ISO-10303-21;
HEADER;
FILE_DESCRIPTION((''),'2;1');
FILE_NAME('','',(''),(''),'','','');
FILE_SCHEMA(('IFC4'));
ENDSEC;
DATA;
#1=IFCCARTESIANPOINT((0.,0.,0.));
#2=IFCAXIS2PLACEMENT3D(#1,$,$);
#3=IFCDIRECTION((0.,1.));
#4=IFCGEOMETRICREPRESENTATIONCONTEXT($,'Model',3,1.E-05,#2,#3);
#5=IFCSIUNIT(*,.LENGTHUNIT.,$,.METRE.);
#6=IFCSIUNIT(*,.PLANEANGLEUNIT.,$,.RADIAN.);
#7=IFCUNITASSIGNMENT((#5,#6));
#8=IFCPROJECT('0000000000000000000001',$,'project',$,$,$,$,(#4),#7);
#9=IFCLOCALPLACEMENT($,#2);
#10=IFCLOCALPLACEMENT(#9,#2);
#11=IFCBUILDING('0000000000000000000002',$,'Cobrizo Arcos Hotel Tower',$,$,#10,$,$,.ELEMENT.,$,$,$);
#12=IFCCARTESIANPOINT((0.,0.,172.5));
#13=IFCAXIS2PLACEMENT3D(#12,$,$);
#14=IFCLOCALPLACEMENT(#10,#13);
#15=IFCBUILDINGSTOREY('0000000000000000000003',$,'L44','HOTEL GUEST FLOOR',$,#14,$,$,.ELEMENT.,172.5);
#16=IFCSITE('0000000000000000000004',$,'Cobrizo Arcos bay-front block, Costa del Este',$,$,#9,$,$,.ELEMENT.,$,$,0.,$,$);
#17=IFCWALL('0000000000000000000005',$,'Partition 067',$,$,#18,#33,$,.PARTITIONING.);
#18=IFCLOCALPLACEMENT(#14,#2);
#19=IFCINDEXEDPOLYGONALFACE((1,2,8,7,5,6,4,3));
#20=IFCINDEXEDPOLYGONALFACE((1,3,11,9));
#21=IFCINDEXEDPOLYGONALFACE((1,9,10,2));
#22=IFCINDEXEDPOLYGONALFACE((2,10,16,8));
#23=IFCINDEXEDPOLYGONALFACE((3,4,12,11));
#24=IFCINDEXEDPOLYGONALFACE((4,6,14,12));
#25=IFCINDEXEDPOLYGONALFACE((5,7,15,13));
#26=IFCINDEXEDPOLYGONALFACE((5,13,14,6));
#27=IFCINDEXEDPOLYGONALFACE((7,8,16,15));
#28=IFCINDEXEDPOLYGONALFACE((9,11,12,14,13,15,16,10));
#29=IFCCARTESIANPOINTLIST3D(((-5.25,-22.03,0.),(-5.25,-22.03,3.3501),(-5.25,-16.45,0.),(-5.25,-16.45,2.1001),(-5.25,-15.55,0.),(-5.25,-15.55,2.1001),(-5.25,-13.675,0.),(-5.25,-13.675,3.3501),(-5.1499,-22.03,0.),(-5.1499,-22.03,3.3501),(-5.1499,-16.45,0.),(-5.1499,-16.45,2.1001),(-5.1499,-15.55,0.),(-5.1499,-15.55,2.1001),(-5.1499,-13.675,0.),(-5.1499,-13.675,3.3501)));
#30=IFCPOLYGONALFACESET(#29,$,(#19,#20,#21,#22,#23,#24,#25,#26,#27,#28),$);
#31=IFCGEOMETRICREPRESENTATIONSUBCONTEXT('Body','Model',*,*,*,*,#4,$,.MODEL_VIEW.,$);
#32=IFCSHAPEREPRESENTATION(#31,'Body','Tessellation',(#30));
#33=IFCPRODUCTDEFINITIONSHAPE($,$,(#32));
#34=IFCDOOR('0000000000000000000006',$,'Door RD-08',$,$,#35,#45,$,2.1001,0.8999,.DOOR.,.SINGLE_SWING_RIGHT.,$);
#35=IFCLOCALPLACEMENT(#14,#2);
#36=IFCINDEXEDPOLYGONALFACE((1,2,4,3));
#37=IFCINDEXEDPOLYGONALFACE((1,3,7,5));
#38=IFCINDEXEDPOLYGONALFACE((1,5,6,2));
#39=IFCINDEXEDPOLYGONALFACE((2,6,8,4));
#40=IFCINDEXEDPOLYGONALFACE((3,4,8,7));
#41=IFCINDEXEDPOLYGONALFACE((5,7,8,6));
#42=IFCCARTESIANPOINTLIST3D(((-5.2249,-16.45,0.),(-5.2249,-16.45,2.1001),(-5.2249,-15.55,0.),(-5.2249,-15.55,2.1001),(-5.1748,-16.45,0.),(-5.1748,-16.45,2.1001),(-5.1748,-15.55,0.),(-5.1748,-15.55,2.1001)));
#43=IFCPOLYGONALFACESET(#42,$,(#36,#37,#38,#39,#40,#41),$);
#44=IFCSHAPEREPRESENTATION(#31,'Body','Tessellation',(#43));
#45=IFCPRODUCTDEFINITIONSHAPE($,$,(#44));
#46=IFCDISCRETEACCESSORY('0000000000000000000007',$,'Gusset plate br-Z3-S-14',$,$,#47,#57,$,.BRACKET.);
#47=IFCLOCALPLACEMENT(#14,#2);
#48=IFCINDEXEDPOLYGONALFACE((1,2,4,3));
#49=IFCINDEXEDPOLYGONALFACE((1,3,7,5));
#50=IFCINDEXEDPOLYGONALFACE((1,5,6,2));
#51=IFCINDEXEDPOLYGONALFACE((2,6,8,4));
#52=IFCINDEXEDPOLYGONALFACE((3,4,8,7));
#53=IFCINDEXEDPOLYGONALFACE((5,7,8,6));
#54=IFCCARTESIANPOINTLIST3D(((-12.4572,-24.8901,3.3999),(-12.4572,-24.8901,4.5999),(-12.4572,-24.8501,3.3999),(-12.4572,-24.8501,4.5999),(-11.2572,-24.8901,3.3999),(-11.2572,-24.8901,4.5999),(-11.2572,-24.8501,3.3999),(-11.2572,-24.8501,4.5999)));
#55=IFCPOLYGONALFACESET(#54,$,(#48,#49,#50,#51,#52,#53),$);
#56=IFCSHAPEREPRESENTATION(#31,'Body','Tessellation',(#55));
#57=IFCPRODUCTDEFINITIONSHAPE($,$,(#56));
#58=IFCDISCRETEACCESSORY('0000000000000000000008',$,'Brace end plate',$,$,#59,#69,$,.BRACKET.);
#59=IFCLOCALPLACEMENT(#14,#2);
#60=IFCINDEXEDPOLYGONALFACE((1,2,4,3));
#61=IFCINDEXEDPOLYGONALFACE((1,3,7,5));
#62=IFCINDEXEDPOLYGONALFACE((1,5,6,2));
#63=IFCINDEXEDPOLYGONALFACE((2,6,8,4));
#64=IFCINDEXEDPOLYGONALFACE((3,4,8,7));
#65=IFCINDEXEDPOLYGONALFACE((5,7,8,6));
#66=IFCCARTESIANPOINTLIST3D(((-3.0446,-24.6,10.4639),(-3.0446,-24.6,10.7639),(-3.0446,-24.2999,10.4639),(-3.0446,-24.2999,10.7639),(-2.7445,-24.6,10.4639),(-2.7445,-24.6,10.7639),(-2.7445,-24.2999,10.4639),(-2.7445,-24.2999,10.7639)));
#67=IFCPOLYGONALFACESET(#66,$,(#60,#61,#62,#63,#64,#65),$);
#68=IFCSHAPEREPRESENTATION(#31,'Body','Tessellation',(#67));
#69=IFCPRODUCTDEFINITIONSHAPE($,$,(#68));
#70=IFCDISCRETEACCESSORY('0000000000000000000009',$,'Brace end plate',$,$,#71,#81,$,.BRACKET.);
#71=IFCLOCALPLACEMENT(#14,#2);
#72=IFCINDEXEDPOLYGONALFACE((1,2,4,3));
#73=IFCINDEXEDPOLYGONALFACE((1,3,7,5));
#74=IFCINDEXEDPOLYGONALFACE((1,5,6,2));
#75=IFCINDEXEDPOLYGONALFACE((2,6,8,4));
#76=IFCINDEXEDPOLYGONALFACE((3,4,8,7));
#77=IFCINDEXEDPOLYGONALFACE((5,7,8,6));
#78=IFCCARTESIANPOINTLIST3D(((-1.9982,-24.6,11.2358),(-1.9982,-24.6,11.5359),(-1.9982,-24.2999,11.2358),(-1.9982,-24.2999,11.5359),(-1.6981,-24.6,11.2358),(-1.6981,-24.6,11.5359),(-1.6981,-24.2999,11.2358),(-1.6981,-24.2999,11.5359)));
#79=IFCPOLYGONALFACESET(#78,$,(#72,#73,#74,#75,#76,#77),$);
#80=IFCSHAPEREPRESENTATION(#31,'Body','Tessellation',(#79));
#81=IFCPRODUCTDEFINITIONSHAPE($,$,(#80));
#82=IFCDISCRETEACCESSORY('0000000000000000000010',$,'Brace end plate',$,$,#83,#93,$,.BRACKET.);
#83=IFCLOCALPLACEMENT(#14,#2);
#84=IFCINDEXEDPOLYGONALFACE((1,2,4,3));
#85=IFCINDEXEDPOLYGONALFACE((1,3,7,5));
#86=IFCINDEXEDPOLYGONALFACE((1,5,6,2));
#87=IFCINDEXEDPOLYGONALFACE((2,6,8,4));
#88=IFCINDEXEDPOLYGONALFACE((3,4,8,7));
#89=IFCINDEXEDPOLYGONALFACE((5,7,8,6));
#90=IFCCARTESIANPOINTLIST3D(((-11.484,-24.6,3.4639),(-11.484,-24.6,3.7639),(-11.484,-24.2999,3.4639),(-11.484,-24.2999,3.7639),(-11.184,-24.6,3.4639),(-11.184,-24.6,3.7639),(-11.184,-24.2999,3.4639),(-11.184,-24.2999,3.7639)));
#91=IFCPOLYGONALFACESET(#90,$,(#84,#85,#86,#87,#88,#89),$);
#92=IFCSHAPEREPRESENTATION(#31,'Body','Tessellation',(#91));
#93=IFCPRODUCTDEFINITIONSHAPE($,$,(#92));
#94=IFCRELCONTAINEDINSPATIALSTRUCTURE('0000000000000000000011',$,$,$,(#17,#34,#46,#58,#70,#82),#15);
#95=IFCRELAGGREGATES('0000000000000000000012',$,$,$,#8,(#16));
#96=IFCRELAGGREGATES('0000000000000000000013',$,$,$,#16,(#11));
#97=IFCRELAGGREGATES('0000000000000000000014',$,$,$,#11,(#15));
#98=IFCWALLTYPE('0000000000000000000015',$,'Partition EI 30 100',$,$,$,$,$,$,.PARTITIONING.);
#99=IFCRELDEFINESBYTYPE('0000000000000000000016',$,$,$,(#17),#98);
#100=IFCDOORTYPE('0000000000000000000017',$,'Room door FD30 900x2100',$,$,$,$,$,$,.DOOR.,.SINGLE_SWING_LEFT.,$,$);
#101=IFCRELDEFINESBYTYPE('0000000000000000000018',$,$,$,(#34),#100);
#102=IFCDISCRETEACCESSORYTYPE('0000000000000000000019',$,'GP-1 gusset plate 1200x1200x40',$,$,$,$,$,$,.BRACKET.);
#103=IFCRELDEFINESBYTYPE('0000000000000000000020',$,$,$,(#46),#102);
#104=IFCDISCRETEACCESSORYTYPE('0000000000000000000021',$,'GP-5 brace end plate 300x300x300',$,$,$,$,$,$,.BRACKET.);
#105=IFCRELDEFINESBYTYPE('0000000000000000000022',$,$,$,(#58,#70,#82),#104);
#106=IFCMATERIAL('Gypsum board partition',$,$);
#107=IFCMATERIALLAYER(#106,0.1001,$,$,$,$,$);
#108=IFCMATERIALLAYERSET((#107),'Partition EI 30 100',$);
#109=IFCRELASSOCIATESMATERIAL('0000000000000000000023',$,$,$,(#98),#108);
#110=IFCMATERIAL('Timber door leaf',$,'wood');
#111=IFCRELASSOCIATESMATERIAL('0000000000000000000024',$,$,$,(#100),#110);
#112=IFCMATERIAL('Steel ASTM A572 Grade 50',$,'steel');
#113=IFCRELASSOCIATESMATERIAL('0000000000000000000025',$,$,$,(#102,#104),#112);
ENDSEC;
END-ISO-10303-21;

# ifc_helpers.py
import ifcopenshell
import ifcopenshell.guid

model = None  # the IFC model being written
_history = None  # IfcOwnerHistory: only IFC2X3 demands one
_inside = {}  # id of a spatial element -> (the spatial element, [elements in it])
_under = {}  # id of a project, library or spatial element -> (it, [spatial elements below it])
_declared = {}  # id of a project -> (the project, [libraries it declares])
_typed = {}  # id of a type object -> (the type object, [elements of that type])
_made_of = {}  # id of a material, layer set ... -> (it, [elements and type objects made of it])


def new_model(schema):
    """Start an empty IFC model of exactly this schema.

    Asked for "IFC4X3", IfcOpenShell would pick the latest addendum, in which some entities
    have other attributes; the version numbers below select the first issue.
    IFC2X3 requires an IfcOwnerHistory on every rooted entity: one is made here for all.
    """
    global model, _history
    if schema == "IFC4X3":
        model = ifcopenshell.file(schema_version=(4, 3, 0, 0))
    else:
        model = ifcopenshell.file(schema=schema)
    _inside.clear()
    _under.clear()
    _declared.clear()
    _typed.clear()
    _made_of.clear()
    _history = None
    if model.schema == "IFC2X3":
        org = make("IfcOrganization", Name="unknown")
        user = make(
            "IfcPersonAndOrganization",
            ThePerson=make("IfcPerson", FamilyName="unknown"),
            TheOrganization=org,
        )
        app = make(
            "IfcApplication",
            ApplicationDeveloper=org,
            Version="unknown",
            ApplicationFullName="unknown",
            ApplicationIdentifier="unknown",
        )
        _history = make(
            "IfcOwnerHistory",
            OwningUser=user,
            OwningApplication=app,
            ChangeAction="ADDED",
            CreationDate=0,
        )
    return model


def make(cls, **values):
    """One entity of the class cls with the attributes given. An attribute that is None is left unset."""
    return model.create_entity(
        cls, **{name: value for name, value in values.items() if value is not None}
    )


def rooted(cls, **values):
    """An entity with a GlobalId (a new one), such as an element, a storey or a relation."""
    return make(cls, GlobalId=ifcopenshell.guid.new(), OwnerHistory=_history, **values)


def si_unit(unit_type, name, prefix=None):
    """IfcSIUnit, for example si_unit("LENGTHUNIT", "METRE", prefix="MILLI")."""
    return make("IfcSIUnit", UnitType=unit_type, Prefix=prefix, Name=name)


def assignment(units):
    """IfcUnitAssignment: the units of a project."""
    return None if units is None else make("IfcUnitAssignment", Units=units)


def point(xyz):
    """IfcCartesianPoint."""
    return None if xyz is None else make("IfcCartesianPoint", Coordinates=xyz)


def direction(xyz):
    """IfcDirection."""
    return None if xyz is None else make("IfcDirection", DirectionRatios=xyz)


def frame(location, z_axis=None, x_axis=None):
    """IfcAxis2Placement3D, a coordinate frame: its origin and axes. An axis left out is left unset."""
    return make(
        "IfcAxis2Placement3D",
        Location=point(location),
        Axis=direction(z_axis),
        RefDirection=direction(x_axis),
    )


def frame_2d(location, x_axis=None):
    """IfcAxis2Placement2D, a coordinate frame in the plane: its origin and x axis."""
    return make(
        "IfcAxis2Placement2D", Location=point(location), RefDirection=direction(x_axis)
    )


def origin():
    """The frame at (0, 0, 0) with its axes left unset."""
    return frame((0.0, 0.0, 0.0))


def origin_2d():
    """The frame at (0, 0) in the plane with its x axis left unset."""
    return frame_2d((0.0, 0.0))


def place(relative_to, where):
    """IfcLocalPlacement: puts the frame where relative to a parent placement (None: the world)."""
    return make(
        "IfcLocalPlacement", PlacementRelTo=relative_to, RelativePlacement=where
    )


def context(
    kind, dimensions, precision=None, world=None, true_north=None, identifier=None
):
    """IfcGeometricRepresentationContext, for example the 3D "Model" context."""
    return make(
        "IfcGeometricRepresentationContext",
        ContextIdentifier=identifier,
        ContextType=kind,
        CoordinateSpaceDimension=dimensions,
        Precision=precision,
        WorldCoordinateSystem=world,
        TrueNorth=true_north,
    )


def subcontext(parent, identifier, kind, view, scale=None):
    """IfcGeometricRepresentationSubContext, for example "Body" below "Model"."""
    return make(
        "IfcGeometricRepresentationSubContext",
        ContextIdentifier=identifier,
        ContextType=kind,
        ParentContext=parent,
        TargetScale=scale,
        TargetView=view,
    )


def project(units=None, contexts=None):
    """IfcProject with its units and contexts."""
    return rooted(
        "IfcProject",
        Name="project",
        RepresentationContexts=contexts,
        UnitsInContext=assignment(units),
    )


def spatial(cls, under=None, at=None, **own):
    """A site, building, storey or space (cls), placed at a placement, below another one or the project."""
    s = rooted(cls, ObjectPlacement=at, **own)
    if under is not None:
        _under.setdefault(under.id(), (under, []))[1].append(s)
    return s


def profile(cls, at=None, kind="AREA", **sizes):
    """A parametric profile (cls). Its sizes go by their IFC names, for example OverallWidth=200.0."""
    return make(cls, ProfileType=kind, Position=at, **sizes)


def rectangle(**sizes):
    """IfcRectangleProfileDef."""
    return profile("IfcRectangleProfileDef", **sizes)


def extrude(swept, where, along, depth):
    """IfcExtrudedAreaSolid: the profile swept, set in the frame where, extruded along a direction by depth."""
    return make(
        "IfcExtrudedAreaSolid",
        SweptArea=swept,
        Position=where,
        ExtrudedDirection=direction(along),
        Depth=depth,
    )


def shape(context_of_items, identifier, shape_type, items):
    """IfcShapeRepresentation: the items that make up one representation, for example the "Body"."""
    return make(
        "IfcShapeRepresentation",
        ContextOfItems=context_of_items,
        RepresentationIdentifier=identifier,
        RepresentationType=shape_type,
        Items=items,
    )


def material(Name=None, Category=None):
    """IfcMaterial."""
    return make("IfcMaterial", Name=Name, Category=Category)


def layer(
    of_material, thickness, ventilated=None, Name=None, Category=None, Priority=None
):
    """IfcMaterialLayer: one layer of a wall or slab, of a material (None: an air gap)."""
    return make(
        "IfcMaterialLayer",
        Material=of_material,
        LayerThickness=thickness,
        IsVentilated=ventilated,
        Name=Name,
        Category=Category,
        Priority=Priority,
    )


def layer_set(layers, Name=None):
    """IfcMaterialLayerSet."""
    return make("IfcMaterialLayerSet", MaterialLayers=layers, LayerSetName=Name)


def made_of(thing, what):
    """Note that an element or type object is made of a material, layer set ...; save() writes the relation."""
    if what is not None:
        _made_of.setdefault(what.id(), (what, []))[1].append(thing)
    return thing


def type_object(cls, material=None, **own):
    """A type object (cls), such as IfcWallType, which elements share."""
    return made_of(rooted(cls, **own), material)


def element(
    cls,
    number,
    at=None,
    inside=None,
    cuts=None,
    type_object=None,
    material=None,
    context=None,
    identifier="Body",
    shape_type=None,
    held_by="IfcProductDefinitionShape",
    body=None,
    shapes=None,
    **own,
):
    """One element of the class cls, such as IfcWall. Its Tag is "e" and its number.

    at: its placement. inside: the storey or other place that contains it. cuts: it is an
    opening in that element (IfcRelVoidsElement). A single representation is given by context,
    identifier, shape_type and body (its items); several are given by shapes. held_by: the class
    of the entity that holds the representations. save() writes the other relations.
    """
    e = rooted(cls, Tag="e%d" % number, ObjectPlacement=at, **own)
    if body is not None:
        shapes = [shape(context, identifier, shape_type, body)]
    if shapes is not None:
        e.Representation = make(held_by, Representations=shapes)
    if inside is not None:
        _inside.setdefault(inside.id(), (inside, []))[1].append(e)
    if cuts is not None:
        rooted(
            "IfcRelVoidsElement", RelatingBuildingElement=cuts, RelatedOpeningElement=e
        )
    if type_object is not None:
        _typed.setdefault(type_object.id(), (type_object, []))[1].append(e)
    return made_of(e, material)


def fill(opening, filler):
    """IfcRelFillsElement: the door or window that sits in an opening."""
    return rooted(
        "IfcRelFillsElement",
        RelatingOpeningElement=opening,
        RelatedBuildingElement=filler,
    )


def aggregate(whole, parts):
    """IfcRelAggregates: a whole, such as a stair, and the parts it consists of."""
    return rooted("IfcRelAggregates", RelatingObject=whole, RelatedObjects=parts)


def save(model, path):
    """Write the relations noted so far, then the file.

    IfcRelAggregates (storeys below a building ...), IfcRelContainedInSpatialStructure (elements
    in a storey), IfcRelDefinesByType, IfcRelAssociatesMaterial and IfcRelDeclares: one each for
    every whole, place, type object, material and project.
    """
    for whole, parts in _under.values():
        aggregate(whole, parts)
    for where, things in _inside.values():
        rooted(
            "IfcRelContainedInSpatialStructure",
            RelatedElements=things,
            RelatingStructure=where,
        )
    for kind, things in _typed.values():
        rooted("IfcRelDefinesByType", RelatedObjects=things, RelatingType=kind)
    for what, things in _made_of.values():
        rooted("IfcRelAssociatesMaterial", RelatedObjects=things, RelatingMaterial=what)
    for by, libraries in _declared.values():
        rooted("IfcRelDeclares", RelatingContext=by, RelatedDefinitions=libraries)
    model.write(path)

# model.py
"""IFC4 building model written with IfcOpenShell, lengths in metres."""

from ifc_helpers import new_model, si_unit, direction, frame, frame_2d, origin, origin_2d, place, context, subcontext, project, spatial, rectangle, extrude, material, layer, layer_set, type_object, element, fill, save


model = new_model("IFC4")

# Units and contexts
model_context = context("Model", 3, precision=1e-05, world=origin(), true_north=direction((0.0, 1.0)))
body_context = subcontext(model_context, "Body", "Model", "MODEL_VIEW")
ifc_project = project(units=[si_unit("LENGTHUNIT", "METRE"), si_unit("PLANEANGLEUNIT", "RADIAN")], contexts=[model_context])

# Site, building, storey
site_placement = place(None, origin())
site = spatial("IfcSite", under=ifc_project, at=site_placement, Name="Cobrizo Arcos bay-front block, Costa del Este", CompositionType="ELEMENT", RefElevation=0.0)
building_placement = place(site_placement, origin())
building = spatial("IfcBuilding", under=site, at=building_placement, Name="Cobrizo Arcos Hotel Tower", CompositionType="ELEMENT")
storey_placement = place(building_placement, frame((0.0, 0.0, 172.5)))
storey = spatial("IfcBuildingStorey", under=building, at=storey_placement, Name="L44", Description="HOTEL GUEST FLOOR", CompositionType="ELEMENT", Elevation=172.5)

# Shared definitions
ifc_material_1 = material(Name="Steel ASTM A572 Grade 50", Category="steel")

# Shared definitions
ifc_material_2 = material(Name="Gypsum board partition")
ifc_layer_1 = layer(ifc_material_2, 0.1001)
ifc_layer_set_1 = layer_set([ifc_layer_1], Name="Partition EI 30 100")
wall_type = type_object("IfcWallType", Name="Partition EI 30 100", PredefinedType="PARTITIONING", material=ifc_layer_set_1)

# Wall, opening, door
wall_1_placement = place(storey_placement, frame((-5.2, -22.03, 0.0), z_axis=(0.0, 0.0, 1.0), x_axis=(0.0, 1.0, 0.0)))
wall_1 = element("IfcWall", 1, at=wall_1_placement, inside=storey, type_object=wall_type, Name="Partition 067", PredefinedType="PARTITIONING", context=body_context, shape_type="SweptSolid", body=[
    extrude(rectangle(XDim=8.355, YDim=0.1001, at=frame_2d((4.1775, 0.0))), origin(), (0.0, 0.0, 1.0), 3.3501),
])
opening_placement = place(wall_1_placement, frame((5.5801, 0.0, 0.0)))
opening = element("IfcOpeningElement", 2, at=opening_placement, cuts=wall_1, PredefinedType="OPENING", context=body_context, shape_type="SweptSolid", body=[
    extrude(rectangle(XDim=0.8999, YDim=2.1001, at=frame_2d((0.45, 1.05))), frame((0.0, 0.062, 0.0), z_axis=(0.0, -1.0, 0.0), x_axis=(1.0, 0.0, 0.0)), (0.0, 0.0, 1.0), 0.124),
])
ifc_material_3 = material(Name="Timber door leaf", Category="wood")
door_type = type_object("IfcDoorType", Name="Room door FD30 900x2100", OperationType="SINGLE_SWING_LEFT", PredefinedType="DOOR", material=ifc_material_3)
door_placement = place(opening_placement, origin())
door = element("IfcDoor", 3, at=door_placement, inside=storey, type_object=door_type, Name="Door RD-08", OperationType="SINGLE_SWING_RIGHT", OverallHeight=2.1001, OverallWidth=0.8999, PredefinedType="DOOR", context=body_context, shape_type="SweptSolid", body=[
    extrude(rectangle(XDim=0.8999, YDim=2.1001, at=frame_2d((0.45, 1.05))), frame((0.0, 0.0249, 0.0), z_axis=(0.0, -1.0, 0.0), x_axis=(1.0, 0.0, 0.0)), (0.0, 0.0, 1.0), 0.05),
])
fill(opening, door)

# Discrete accessories
discrete_accessory_type_1 = type_object("IfcDiscreteAccessoryType", Name="GP-1 gusset plate 1200x1200x40", PredefinedType="BRACKET", material=ifc_material_1)
discrete_accessory_placement = place(storey_placement, frame((-11.8572, -24.8701, 3.3999), z_axis=(0.0, 0.0, 1.0), x_axis=(1.0, 0.0, 0.0)))
element("IfcDiscreteAccessory", 4, at=discrete_accessory_placement, inside=storey, type_object=discrete_accessory_type_1, Name="Gusset plate br-Z3-S-14", PredefinedType="BRACKET", context=body_context, shape_type="SweptSolid", body=[
    extrude(rectangle(XDim=1.2, YDim=0.04, at=origin_2d()), origin(), (0.0, 0.0, 1.0), 1.2),
])
discrete_accessory_type_2 = type_object("IfcDiscreteAccessoryType", Name="GP-5 brace end plate 300x300x300", PredefinedType="BRACKET", material=ifc_material_1)
for number, where, z_axis, x_axis, name in (
    (5, (-2.8945, -24.45, 10.4639), (0.0, 0.0, 1.0), (1.0, 0.0, 0.0), "Brace end plate"),
    (6, (-1.8481, -24.45, 11.2358), (0.0, 0.0, 1.0), (1.0, 0.0, 0.0), "Brace end plate"),
    (7, (-11.334, -24.45, 3.4639), (0.0, 0.0, 1.0), (1.0, 0.0, 0.0), "Brace end plate"),
):
    element("IfcDiscreteAccessory", number, at=place(storey_placement, frame(where, z_axis=z_axis, x_axis=x_axis)), inside=storey, type_object=discrete_accessory_type_2, Name=name, PredefinedType="BRACKET", context=body_context, shape_type="SweptSolid", body=[
        extrude(rectangle(XDim=0.3, YDim=0.3, at=origin_2d()), origin(), (0.0, 0.0, 1.0), 0.3),
    ])

save(model, "model.ifc")
